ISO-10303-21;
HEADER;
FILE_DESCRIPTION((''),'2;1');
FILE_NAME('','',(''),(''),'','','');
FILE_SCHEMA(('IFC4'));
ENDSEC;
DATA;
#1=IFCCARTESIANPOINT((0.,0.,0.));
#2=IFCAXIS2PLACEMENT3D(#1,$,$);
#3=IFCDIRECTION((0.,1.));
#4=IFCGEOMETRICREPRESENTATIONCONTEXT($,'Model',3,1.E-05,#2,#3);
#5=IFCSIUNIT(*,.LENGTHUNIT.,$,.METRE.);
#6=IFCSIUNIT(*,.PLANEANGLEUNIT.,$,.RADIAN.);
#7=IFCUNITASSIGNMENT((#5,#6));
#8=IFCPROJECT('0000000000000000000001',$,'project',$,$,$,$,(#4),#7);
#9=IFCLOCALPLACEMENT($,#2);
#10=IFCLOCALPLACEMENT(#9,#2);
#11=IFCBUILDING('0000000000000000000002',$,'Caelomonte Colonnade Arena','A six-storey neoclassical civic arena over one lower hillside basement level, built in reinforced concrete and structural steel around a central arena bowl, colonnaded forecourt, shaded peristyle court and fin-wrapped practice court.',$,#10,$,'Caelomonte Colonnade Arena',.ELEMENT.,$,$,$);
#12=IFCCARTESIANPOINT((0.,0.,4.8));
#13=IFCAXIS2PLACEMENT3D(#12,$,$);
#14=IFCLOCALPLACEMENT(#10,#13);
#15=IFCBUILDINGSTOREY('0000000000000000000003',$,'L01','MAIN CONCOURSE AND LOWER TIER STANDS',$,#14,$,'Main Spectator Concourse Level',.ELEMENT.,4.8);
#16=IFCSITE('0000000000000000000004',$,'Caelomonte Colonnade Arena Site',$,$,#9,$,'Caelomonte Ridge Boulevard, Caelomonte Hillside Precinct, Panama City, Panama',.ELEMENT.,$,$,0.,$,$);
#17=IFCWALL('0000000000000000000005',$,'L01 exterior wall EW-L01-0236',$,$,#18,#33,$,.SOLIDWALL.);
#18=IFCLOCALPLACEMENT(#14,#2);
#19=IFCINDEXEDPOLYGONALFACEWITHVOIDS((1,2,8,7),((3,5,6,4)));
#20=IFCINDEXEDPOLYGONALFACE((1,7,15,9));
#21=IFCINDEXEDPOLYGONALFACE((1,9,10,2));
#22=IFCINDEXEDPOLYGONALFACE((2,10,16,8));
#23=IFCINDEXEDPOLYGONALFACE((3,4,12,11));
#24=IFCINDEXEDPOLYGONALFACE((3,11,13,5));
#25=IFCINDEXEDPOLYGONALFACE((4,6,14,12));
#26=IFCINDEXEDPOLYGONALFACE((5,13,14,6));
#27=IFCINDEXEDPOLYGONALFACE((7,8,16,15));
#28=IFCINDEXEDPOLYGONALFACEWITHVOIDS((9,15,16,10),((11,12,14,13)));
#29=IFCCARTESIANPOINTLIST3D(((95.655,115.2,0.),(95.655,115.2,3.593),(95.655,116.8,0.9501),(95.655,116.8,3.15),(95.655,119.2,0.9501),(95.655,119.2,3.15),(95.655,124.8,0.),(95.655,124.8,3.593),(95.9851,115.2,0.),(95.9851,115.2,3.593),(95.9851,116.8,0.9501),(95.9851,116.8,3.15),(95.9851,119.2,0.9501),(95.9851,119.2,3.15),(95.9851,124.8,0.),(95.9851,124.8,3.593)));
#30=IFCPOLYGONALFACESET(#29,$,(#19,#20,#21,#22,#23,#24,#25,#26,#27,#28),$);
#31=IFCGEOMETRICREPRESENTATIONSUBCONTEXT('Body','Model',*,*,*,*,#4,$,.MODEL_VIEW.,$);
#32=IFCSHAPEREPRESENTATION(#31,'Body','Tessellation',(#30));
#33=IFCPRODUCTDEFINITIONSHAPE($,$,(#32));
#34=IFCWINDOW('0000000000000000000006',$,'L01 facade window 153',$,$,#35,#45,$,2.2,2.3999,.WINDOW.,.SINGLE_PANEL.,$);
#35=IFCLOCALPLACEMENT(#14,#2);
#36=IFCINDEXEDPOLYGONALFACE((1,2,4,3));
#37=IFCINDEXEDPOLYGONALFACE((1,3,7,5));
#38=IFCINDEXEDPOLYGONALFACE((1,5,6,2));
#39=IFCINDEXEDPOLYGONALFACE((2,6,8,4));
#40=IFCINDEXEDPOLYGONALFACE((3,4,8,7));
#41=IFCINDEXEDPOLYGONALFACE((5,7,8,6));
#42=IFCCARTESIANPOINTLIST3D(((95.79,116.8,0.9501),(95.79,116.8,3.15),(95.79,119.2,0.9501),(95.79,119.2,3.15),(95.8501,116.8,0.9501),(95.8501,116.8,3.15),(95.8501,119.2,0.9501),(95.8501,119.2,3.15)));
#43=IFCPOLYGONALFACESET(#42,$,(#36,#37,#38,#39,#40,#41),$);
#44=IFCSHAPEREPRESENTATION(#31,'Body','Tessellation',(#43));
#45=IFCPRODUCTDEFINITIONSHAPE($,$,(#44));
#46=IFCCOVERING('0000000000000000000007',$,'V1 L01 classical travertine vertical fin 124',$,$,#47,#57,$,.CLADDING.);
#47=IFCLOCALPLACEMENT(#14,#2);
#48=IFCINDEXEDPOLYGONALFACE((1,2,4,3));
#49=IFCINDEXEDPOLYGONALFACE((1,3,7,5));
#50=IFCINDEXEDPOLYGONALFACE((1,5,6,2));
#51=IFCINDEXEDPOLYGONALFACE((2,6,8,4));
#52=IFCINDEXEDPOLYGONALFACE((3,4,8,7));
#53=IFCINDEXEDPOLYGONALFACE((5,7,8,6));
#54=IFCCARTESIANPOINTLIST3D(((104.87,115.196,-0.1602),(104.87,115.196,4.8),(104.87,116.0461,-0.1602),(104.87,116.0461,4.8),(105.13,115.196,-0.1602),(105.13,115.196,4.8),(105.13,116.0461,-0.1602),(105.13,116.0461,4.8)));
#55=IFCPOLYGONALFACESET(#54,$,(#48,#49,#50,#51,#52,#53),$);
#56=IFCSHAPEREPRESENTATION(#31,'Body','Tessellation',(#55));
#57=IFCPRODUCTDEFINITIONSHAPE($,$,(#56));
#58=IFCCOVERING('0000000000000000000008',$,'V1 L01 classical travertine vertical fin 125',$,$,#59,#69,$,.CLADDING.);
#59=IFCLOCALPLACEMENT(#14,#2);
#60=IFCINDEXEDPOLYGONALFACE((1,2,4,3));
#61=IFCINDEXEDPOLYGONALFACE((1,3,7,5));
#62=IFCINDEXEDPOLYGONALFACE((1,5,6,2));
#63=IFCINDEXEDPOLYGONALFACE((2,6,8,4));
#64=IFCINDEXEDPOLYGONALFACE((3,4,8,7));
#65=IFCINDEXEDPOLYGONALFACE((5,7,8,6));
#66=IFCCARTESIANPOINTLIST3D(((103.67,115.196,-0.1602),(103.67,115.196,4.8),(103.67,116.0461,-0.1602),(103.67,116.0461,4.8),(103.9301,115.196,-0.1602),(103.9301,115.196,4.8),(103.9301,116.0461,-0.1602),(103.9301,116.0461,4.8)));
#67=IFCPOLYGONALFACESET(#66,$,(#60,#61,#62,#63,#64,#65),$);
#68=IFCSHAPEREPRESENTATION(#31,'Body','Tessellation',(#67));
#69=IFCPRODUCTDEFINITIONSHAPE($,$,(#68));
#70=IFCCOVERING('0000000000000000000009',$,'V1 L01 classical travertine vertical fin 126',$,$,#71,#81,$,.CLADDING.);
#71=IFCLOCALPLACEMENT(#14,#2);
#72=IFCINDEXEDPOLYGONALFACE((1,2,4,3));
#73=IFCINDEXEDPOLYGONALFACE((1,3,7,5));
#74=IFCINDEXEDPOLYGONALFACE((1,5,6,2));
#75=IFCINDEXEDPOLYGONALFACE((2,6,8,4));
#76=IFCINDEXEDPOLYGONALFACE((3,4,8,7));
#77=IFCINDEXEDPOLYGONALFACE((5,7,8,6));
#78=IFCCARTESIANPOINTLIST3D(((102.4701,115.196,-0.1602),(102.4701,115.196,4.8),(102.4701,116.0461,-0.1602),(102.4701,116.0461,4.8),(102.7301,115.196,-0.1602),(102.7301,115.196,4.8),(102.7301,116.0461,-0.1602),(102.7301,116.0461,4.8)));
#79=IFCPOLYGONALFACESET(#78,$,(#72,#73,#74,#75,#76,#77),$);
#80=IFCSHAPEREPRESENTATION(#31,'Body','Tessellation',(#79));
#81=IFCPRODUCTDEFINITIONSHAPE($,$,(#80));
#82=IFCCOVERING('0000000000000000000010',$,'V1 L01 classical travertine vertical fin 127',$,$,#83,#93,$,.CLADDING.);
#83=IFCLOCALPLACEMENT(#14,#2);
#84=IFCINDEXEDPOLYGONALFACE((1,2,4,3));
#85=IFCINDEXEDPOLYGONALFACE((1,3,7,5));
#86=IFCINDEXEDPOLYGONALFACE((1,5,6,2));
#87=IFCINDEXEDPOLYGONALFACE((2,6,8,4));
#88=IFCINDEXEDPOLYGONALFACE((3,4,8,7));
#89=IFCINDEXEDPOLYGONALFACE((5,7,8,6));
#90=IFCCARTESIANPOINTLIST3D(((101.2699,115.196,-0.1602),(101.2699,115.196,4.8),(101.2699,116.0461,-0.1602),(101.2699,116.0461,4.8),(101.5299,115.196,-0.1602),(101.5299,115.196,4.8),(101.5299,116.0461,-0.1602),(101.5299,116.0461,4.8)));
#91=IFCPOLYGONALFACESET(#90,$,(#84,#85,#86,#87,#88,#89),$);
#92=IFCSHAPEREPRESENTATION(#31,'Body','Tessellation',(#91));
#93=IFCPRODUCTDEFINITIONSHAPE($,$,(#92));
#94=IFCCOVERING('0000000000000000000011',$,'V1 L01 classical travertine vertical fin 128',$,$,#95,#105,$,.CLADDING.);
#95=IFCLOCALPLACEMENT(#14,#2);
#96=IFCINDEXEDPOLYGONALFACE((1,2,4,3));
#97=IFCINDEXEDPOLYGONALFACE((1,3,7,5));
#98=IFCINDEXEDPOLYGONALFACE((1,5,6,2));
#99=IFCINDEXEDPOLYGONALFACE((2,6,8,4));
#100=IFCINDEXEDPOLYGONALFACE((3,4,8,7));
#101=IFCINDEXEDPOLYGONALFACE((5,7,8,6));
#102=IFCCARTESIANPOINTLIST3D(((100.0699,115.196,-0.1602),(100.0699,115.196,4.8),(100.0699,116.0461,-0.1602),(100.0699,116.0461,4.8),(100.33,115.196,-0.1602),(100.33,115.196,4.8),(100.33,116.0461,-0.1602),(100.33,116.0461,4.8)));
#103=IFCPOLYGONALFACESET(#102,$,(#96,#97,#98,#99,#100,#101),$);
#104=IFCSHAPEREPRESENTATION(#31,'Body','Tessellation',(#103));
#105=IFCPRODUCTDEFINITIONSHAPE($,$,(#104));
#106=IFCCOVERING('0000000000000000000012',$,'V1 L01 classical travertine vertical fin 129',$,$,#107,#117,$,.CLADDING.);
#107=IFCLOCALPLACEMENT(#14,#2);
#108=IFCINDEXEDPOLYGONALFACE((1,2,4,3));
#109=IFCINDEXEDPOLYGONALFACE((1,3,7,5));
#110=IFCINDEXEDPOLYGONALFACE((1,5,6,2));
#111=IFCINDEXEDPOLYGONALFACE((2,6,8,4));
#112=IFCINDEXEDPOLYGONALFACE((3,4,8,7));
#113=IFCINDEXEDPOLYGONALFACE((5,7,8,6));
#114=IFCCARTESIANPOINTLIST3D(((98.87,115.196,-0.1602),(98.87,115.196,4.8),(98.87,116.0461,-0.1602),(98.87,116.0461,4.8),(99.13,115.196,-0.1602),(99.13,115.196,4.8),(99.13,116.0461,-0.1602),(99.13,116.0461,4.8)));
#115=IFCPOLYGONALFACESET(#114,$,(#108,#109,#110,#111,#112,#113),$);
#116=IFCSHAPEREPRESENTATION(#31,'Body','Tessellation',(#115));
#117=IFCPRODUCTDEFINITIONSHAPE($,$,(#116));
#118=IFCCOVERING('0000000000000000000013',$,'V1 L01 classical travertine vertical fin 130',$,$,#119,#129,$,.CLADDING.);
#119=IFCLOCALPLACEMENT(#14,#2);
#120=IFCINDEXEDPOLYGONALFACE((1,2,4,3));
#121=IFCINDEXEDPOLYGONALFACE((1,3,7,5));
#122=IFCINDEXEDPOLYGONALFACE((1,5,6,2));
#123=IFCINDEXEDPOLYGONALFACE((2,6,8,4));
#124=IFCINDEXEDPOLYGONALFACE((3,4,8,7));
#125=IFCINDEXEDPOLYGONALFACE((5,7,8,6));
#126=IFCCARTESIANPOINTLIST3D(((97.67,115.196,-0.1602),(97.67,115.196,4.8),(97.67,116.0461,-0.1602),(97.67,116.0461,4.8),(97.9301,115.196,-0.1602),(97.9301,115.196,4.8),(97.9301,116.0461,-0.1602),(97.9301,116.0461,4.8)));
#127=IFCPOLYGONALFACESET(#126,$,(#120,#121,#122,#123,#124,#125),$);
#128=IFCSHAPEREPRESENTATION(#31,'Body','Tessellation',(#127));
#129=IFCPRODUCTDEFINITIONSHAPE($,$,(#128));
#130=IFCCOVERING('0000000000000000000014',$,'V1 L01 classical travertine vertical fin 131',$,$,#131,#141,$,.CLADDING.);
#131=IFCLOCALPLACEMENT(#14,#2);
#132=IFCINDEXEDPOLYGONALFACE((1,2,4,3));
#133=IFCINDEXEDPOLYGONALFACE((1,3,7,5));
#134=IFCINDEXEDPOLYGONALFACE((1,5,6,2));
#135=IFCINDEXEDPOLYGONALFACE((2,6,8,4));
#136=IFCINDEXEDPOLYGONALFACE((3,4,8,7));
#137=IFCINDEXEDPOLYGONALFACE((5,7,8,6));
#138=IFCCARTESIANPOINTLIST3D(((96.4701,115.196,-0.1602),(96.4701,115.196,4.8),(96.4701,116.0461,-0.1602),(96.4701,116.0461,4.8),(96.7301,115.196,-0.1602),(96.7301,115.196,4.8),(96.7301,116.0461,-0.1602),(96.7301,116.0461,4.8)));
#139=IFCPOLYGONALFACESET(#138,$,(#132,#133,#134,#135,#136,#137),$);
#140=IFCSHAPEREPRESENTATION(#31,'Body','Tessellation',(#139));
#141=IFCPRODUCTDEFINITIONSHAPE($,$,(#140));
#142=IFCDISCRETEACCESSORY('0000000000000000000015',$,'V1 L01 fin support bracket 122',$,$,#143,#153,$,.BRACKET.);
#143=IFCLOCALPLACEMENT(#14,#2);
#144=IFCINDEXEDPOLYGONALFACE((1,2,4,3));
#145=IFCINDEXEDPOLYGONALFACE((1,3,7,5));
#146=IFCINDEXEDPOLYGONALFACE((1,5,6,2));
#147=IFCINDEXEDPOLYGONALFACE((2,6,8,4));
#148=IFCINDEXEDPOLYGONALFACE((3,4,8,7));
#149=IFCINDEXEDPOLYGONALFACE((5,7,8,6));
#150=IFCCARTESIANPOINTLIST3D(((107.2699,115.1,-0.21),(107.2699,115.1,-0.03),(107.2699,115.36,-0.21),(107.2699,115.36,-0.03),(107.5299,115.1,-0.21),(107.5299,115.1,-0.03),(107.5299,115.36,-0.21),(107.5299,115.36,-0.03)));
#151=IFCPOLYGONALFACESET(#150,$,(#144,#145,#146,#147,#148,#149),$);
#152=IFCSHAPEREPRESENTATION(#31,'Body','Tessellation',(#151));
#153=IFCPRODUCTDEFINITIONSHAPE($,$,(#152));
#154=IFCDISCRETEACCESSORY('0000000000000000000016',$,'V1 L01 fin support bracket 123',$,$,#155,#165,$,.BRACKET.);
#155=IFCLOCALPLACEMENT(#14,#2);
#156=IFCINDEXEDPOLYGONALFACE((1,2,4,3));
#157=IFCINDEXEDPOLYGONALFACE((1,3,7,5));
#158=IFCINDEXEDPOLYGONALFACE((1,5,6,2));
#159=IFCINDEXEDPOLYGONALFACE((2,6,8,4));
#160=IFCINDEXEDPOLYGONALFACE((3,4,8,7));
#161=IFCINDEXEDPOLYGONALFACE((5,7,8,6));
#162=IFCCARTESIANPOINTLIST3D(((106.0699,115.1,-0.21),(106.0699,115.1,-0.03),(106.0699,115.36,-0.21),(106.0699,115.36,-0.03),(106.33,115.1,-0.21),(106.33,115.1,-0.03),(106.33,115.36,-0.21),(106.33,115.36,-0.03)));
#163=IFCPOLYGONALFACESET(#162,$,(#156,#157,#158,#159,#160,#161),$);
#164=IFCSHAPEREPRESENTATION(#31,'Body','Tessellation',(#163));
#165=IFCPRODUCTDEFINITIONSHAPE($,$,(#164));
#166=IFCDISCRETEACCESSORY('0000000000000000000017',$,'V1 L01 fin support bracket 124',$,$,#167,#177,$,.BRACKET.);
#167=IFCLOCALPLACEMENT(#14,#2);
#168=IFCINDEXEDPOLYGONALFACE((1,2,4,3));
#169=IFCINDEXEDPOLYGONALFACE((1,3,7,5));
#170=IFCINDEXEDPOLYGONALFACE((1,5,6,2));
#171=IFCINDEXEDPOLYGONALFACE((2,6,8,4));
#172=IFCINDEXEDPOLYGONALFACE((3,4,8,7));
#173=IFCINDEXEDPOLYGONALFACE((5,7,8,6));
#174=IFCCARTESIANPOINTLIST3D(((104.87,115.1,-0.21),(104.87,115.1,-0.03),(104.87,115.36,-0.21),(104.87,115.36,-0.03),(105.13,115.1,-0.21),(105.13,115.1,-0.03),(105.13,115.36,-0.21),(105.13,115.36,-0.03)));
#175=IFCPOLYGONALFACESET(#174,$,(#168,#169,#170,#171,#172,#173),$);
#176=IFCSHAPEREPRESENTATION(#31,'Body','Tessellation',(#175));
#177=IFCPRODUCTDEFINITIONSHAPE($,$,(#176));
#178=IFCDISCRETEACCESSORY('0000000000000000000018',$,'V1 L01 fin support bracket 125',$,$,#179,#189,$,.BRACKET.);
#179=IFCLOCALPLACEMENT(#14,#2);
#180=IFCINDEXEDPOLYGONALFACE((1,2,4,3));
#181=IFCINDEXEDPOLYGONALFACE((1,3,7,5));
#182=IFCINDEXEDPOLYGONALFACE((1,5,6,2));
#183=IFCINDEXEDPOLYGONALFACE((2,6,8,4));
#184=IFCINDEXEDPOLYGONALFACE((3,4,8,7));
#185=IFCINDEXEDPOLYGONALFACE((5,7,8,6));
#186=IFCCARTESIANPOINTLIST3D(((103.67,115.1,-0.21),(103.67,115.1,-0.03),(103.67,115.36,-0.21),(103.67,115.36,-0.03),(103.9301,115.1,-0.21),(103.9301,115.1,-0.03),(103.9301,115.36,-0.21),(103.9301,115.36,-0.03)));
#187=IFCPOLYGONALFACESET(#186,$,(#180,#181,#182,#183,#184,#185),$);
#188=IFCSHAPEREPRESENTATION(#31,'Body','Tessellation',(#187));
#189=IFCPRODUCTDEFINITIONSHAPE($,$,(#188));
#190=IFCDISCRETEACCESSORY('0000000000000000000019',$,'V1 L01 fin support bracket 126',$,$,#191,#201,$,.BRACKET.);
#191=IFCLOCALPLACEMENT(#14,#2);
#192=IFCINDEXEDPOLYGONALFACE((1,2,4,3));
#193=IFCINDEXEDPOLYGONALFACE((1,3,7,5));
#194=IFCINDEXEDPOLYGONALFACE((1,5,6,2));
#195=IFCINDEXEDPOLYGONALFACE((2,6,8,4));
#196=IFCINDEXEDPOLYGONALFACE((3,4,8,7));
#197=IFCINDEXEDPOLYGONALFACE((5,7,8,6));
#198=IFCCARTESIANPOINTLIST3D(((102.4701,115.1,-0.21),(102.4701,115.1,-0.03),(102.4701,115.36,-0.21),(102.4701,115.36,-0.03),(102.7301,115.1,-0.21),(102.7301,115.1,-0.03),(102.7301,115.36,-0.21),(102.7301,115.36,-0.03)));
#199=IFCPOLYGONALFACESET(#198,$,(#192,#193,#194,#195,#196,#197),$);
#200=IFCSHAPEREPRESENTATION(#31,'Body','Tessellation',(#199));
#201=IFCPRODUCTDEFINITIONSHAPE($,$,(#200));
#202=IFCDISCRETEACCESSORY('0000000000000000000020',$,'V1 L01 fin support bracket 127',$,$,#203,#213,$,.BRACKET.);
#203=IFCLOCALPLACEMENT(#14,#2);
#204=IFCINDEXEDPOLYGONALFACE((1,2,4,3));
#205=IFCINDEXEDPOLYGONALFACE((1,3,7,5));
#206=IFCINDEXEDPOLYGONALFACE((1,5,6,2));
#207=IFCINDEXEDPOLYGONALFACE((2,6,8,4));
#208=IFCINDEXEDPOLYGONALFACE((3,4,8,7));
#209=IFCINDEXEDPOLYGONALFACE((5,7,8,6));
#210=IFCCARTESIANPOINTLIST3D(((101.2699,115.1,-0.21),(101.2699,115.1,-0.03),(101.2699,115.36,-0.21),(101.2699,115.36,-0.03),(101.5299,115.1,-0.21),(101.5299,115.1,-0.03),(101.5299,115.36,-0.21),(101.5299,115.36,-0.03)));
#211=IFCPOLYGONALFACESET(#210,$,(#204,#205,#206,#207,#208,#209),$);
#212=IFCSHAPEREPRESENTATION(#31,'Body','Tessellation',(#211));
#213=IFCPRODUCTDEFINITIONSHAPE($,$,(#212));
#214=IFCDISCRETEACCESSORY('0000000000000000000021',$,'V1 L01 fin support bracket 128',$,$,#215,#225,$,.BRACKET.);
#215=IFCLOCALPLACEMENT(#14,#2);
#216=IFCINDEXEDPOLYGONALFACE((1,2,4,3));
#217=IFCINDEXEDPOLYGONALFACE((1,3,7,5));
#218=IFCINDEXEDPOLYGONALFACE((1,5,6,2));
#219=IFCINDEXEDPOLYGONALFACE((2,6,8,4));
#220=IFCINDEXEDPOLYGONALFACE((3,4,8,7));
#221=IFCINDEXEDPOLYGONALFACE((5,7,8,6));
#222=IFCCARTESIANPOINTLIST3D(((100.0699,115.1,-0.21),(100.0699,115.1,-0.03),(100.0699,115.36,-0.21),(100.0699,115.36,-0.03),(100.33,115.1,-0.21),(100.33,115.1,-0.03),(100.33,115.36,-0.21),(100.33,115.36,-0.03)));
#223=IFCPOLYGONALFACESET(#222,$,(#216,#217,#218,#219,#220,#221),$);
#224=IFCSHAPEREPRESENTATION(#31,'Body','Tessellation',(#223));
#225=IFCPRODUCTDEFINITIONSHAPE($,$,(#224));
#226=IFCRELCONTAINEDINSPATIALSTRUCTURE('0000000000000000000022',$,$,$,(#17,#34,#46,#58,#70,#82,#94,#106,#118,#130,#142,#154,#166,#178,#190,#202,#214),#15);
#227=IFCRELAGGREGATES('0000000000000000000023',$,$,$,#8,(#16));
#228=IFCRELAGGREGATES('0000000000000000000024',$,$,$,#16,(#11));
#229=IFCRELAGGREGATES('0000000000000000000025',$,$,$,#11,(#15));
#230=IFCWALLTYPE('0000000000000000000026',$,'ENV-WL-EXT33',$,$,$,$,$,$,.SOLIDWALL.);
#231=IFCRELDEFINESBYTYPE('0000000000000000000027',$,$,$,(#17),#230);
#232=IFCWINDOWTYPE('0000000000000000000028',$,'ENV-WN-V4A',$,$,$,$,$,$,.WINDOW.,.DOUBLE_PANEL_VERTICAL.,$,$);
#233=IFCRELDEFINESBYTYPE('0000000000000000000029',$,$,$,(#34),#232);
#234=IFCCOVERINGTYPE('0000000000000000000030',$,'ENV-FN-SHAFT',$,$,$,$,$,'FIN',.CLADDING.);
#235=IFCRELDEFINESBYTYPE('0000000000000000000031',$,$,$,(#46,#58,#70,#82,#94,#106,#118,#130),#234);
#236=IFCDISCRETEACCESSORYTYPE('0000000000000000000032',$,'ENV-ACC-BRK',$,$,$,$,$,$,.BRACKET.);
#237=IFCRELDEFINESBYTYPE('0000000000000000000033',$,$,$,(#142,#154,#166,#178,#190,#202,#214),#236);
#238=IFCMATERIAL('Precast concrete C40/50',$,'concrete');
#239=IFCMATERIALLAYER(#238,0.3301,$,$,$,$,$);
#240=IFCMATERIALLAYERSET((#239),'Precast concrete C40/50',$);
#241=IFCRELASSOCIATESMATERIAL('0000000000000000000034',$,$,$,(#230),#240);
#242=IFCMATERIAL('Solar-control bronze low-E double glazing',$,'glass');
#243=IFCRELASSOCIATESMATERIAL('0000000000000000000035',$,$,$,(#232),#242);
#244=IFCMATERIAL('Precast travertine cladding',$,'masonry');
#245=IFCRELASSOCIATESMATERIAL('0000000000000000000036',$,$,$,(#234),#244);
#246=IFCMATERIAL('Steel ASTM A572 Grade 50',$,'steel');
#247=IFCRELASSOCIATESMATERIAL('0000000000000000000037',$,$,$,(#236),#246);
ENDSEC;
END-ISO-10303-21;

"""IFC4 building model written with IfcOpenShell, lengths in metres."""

from ifc_helpers import new_model, si_unit, direction, frame, frame_2d, origin, origin_2d, place, context, subcontext, project, spatial, rectangle, extrude, material, layer, layer_set, material_profile, profile_set, type_object, element, fill, save


model = new_model("IFC4")

# Units and contexts
model_context = context("Model", 3, precision=1e-05, world=origin(), true_north=direction((0.0, 1.0)))
body_context = subcontext(model_context, "Body", "Model", "MODEL_VIEW")
ifc_project = project(units=[si_unit("LENGTHUNIT", "METRE"), si_unit("PLANEANGLEUNIT", "RADIAN")], contexts=[model_context])

# Site, building, storey
site_placement = place(None, origin())
site = spatial("IfcSite", under=ifc_project, at=site_placement, Name="Caelomonte Colonnade Arena Site", LongName="Caelomonte Ridge Boulevard, Caelomonte Hillside Precinct, Panama City, Panama", CompositionType="ELEMENT", RefElevation=0.0)
building_placement = place(site_placement, origin())
building = spatial("IfcBuilding", under=site, at=building_placement, Name="Caelomonte Colonnade Arena", Description="A six-storey neoclassical civic arena over one lower hillside basement level, built in reinforced concrete and structural steel around a central arena bowl, colonnaded forecourt, shaded peristyle court and fin-wrapped practice court.", LongName="Caelomonte Colonnade Arena", CompositionType="ELEMENT")
storey_placement = place(building_placement, frame((0.0, 0.0, 4.8)))
storey = spatial("IfcBuildingStorey", under=building, at=storey_placement, Name="L01", Description="MAIN CONCOURSE AND LOWER TIER STANDS", LongName="Main Spectator Concourse Level", CompositionType="ELEMENT", Elevation=4.8)

# Wall, opening, window
ifc_material_1 = material(Name="Precast concrete C40/50", Category="concrete")
ifc_layer = layer(ifc_material_1, 0.3301)
ifc_layer_set = layer_set([ifc_layer], Name="Precast concrete C40/50")
wall_type = type_object("IfcWallType", Name="ENV-WL-EXT33", PredefinedType="SOLIDWALL", material=ifc_layer_set)
wall_placement = place(storey_placement, frame((95.8201, 115.2, 0.0), z_axis=(0.0, 0.0, 1.0), x_axis=(0.0, 1.0, 0.0)))
wall = element("IfcWall", 1, at=wall_placement, inside=storey, type_object=wall_type, Name="L01 exterior wall EW-L01-0236", PredefinedType="SOLIDWALL", context=body_context, shape_type="SweptSolid", body=[
    extrude(rectangle(XDim=9.6001, YDim=0.3301, at=frame_2d((4.8, 0.0))), origin(), (0.0, 0.0, 1.0), 3.593),
])
opening_placement = place(wall_placement, frame((4.0, 0.0, 0.95), z_axis=(0.0, 0.0, 1.0), x_axis=(-1.0, 0.0, 0.0)))
opening = element("IfcOpeningElement", 2, at=opening_placement, cuts=wall, PredefinedType="OPENING", context=body_context, shape_type="SweptSolid", body=[
    extrude(rectangle(XDim=2.3999, YDim=2.2, at=frame_2d((1.2, 1.1001))), frame((0.0, 0.175, 0.0), z_axis=(0.0, -1.0, 0.0), x_axis=(1.0, 0.0, 0.0)), (0.0, 0.0, 1.0), 0.3501),
])
ifc_material_2 = material(Name="Solar-control bronze low-E double glazing", Category="glass")
window_type = type_object("IfcWindowType", Name="ENV-WN-V4A", PartitioningType="DOUBLE_PANEL_VERTICAL", PredefinedType="WINDOW", material=ifc_material_2)
window_placement = place(opening_placement, origin())
window = element("IfcWindow", 3, at=window_placement, inside=storey, type_object=window_type, Name="L01 facade window 153", OverallHeight=2.2, OverallWidth=2.3999, PartitioningType="SINGLE_PANEL", PredefinedType="WINDOW", context=body_context, shape_type="SweptSolid", body=[
    extrude(rectangle(XDim=2.3999, YDim=2.2, at=frame_2d((1.2, 1.1001))), frame((0.0, 0.03, 0.0), z_axis=(0.0, -1.0, 0.0), x_axis=(1.0, 0.0, 0.0)), (0.0, 0.0, 1.0), 0.0601),
])
fill(opening, window)

# Coverings
ifc_material_3 = material(Name="Precast travertine cladding", Category="masonry")
ifc_material_profile_1 = material_profile(ifc_material_3, rectangle(XDim=0.26, YDim=0.8501, at=origin_2d()), Name="FIN260X850")
ifc_profile_set_1 = profile_set([ifc_material_profile_1], Name="Precast travertine cladding")
covering_type = type_object("IfcCoveringType", Name="ENV-FN-SHAFT", ElementType="FIN", PredefinedType="CLADDING", material=ifc_profile_set_1)
for number, where, z_axis, x_axis, name in (
    (4, (105.0, 115.6211, -0.1602), (0.0, 0.0, 1.0), (1.0, 0.0, 0.0), "V1 L01 classical travertine vertical fin 124"),
    (5, (103.8, 115.6211, -0.1602), (0.0, 0.0, 1.0), (1.0, 0.0, 0.0), "V1 L01 classical travertine vertical fin 125"),
    (6, (102.6001, 115.6211, -0.1602), (0.0, 0.0, 1.0), (1.0, 0.0, 0.0), "V1 L01 classical travertine vertical fin 126"),
    (7, (101.3999, 115.6211, -0.1602), (0.0, 0.0, 1.0), (1.0, 0.0, 0.0), "V1 L01 classical travertine vertical fin 127"),
    (8, (100.2, 115.6211, -0.1602), (0.0, 0.0, 1.0), (1.0, 0.0, 0.0), "V1 L01 classical travertine vertical fin 128"),
    (9, (99.0, 115.6211, -0.1602), (0.0, 0.0, 1.0), (1.0, 0.0, 0.0), "V1 L01 classical travertine vertical fin 129"),
    (10, (97.8, 115.6211, -0.1602), (0.0, 0.0, 1.0), (1.0, 0.0, 0.0), "V1 L01 classical travertine vertical fin 130"),
    (11, (96.6001, 115.6211, -0.1602), (0.0, 0.0, 1.0), (1.0, 0.0, 0.0), "V1 L01 classical travertine vertical fin 131"),
):
    element("IfcCovering", number, at=place(storey_placement, frame(where, z_axis=z_axis, x_axis=x_axis)), inside=storey, type_object=covering_type, Name=name, PredefinedType="CLADDING", context=body_context, shape_type="SweptSolid", body=[
        extrude(rectangle(XDim=0.26, YDim=0.8501, at=origin_2d()), origin(), (0.0, 0.0, 1.0), 4.9602),
    ])

# Discrete accessories
ifc_material_4 = material(Name="Steel ASTM A572 Grade 50", Category="steel")
discrete_accessory_type = type_object("IfcDiscreteAccessoryType", Name="ENV-ACC-BRK", PredefinedType="BRACKET", material=ifc_material_4)
for number, where, z_axis, x_axis, name in (
    (12, (107.3999, 115.23, -0.21), (0.0, 0.0, 1.0), (-1.0, 0.0, 0.0), "V1 L01 fin support bracket 122"),
    (13, (106.2, 115.23, -0.21), (0.0, 0.0, 1.0), (-1.0, 0.0, 0.0), "V1 L01 fin support bracket 123"),
    (14, (105.0, 115.23, -0.21), (0.0, 0.0, 1.0), (-1.0, 0.0, 0.0), "V1 L01 fin support bracket 124"),
    (15, (103.8, 115.23, -0.21), (0.0, 0.0, 1.0), (-1.0, 0.0, 0.0), "V1 L01 fin support bracket 125"),
    (16, (102.6001, 115.23, -0.21), (0.0, 0.0, 1.0), (-1.0, 0.0, 0.0), "V1 L01 fin support bracket 126"),
    (17, (101.3999, 115.23, -0.21), (0.0, 0.0, 1.0), (-1.0, 0.0, 0.0), "V1 L01 fin support bracket 127"),
    (18, (100.2, 115.23, -0.21), (0.0, 0.0, 1.0), (-1.0, 0.0, 0.0), "V1 L01 fin support bracket 128"),
):
    element("IfcDiscreteAccessory", number, at=place(storey_placement, frame(where, z_axis=z_axis, x_axis=x_axis)), inside=storey, type_object=discrete_accessory_type, Name=name, PredefinedType="BRACKET", context=body_context, shape_type="SweptSolid", body=[
        extrude(rectangle(XDim=0.26, YDim=0.26, at=origin_2d()), origin(), (0.0, 0.0, 1.0), 0.1799),
    ])

save(model, "model.ifc")
